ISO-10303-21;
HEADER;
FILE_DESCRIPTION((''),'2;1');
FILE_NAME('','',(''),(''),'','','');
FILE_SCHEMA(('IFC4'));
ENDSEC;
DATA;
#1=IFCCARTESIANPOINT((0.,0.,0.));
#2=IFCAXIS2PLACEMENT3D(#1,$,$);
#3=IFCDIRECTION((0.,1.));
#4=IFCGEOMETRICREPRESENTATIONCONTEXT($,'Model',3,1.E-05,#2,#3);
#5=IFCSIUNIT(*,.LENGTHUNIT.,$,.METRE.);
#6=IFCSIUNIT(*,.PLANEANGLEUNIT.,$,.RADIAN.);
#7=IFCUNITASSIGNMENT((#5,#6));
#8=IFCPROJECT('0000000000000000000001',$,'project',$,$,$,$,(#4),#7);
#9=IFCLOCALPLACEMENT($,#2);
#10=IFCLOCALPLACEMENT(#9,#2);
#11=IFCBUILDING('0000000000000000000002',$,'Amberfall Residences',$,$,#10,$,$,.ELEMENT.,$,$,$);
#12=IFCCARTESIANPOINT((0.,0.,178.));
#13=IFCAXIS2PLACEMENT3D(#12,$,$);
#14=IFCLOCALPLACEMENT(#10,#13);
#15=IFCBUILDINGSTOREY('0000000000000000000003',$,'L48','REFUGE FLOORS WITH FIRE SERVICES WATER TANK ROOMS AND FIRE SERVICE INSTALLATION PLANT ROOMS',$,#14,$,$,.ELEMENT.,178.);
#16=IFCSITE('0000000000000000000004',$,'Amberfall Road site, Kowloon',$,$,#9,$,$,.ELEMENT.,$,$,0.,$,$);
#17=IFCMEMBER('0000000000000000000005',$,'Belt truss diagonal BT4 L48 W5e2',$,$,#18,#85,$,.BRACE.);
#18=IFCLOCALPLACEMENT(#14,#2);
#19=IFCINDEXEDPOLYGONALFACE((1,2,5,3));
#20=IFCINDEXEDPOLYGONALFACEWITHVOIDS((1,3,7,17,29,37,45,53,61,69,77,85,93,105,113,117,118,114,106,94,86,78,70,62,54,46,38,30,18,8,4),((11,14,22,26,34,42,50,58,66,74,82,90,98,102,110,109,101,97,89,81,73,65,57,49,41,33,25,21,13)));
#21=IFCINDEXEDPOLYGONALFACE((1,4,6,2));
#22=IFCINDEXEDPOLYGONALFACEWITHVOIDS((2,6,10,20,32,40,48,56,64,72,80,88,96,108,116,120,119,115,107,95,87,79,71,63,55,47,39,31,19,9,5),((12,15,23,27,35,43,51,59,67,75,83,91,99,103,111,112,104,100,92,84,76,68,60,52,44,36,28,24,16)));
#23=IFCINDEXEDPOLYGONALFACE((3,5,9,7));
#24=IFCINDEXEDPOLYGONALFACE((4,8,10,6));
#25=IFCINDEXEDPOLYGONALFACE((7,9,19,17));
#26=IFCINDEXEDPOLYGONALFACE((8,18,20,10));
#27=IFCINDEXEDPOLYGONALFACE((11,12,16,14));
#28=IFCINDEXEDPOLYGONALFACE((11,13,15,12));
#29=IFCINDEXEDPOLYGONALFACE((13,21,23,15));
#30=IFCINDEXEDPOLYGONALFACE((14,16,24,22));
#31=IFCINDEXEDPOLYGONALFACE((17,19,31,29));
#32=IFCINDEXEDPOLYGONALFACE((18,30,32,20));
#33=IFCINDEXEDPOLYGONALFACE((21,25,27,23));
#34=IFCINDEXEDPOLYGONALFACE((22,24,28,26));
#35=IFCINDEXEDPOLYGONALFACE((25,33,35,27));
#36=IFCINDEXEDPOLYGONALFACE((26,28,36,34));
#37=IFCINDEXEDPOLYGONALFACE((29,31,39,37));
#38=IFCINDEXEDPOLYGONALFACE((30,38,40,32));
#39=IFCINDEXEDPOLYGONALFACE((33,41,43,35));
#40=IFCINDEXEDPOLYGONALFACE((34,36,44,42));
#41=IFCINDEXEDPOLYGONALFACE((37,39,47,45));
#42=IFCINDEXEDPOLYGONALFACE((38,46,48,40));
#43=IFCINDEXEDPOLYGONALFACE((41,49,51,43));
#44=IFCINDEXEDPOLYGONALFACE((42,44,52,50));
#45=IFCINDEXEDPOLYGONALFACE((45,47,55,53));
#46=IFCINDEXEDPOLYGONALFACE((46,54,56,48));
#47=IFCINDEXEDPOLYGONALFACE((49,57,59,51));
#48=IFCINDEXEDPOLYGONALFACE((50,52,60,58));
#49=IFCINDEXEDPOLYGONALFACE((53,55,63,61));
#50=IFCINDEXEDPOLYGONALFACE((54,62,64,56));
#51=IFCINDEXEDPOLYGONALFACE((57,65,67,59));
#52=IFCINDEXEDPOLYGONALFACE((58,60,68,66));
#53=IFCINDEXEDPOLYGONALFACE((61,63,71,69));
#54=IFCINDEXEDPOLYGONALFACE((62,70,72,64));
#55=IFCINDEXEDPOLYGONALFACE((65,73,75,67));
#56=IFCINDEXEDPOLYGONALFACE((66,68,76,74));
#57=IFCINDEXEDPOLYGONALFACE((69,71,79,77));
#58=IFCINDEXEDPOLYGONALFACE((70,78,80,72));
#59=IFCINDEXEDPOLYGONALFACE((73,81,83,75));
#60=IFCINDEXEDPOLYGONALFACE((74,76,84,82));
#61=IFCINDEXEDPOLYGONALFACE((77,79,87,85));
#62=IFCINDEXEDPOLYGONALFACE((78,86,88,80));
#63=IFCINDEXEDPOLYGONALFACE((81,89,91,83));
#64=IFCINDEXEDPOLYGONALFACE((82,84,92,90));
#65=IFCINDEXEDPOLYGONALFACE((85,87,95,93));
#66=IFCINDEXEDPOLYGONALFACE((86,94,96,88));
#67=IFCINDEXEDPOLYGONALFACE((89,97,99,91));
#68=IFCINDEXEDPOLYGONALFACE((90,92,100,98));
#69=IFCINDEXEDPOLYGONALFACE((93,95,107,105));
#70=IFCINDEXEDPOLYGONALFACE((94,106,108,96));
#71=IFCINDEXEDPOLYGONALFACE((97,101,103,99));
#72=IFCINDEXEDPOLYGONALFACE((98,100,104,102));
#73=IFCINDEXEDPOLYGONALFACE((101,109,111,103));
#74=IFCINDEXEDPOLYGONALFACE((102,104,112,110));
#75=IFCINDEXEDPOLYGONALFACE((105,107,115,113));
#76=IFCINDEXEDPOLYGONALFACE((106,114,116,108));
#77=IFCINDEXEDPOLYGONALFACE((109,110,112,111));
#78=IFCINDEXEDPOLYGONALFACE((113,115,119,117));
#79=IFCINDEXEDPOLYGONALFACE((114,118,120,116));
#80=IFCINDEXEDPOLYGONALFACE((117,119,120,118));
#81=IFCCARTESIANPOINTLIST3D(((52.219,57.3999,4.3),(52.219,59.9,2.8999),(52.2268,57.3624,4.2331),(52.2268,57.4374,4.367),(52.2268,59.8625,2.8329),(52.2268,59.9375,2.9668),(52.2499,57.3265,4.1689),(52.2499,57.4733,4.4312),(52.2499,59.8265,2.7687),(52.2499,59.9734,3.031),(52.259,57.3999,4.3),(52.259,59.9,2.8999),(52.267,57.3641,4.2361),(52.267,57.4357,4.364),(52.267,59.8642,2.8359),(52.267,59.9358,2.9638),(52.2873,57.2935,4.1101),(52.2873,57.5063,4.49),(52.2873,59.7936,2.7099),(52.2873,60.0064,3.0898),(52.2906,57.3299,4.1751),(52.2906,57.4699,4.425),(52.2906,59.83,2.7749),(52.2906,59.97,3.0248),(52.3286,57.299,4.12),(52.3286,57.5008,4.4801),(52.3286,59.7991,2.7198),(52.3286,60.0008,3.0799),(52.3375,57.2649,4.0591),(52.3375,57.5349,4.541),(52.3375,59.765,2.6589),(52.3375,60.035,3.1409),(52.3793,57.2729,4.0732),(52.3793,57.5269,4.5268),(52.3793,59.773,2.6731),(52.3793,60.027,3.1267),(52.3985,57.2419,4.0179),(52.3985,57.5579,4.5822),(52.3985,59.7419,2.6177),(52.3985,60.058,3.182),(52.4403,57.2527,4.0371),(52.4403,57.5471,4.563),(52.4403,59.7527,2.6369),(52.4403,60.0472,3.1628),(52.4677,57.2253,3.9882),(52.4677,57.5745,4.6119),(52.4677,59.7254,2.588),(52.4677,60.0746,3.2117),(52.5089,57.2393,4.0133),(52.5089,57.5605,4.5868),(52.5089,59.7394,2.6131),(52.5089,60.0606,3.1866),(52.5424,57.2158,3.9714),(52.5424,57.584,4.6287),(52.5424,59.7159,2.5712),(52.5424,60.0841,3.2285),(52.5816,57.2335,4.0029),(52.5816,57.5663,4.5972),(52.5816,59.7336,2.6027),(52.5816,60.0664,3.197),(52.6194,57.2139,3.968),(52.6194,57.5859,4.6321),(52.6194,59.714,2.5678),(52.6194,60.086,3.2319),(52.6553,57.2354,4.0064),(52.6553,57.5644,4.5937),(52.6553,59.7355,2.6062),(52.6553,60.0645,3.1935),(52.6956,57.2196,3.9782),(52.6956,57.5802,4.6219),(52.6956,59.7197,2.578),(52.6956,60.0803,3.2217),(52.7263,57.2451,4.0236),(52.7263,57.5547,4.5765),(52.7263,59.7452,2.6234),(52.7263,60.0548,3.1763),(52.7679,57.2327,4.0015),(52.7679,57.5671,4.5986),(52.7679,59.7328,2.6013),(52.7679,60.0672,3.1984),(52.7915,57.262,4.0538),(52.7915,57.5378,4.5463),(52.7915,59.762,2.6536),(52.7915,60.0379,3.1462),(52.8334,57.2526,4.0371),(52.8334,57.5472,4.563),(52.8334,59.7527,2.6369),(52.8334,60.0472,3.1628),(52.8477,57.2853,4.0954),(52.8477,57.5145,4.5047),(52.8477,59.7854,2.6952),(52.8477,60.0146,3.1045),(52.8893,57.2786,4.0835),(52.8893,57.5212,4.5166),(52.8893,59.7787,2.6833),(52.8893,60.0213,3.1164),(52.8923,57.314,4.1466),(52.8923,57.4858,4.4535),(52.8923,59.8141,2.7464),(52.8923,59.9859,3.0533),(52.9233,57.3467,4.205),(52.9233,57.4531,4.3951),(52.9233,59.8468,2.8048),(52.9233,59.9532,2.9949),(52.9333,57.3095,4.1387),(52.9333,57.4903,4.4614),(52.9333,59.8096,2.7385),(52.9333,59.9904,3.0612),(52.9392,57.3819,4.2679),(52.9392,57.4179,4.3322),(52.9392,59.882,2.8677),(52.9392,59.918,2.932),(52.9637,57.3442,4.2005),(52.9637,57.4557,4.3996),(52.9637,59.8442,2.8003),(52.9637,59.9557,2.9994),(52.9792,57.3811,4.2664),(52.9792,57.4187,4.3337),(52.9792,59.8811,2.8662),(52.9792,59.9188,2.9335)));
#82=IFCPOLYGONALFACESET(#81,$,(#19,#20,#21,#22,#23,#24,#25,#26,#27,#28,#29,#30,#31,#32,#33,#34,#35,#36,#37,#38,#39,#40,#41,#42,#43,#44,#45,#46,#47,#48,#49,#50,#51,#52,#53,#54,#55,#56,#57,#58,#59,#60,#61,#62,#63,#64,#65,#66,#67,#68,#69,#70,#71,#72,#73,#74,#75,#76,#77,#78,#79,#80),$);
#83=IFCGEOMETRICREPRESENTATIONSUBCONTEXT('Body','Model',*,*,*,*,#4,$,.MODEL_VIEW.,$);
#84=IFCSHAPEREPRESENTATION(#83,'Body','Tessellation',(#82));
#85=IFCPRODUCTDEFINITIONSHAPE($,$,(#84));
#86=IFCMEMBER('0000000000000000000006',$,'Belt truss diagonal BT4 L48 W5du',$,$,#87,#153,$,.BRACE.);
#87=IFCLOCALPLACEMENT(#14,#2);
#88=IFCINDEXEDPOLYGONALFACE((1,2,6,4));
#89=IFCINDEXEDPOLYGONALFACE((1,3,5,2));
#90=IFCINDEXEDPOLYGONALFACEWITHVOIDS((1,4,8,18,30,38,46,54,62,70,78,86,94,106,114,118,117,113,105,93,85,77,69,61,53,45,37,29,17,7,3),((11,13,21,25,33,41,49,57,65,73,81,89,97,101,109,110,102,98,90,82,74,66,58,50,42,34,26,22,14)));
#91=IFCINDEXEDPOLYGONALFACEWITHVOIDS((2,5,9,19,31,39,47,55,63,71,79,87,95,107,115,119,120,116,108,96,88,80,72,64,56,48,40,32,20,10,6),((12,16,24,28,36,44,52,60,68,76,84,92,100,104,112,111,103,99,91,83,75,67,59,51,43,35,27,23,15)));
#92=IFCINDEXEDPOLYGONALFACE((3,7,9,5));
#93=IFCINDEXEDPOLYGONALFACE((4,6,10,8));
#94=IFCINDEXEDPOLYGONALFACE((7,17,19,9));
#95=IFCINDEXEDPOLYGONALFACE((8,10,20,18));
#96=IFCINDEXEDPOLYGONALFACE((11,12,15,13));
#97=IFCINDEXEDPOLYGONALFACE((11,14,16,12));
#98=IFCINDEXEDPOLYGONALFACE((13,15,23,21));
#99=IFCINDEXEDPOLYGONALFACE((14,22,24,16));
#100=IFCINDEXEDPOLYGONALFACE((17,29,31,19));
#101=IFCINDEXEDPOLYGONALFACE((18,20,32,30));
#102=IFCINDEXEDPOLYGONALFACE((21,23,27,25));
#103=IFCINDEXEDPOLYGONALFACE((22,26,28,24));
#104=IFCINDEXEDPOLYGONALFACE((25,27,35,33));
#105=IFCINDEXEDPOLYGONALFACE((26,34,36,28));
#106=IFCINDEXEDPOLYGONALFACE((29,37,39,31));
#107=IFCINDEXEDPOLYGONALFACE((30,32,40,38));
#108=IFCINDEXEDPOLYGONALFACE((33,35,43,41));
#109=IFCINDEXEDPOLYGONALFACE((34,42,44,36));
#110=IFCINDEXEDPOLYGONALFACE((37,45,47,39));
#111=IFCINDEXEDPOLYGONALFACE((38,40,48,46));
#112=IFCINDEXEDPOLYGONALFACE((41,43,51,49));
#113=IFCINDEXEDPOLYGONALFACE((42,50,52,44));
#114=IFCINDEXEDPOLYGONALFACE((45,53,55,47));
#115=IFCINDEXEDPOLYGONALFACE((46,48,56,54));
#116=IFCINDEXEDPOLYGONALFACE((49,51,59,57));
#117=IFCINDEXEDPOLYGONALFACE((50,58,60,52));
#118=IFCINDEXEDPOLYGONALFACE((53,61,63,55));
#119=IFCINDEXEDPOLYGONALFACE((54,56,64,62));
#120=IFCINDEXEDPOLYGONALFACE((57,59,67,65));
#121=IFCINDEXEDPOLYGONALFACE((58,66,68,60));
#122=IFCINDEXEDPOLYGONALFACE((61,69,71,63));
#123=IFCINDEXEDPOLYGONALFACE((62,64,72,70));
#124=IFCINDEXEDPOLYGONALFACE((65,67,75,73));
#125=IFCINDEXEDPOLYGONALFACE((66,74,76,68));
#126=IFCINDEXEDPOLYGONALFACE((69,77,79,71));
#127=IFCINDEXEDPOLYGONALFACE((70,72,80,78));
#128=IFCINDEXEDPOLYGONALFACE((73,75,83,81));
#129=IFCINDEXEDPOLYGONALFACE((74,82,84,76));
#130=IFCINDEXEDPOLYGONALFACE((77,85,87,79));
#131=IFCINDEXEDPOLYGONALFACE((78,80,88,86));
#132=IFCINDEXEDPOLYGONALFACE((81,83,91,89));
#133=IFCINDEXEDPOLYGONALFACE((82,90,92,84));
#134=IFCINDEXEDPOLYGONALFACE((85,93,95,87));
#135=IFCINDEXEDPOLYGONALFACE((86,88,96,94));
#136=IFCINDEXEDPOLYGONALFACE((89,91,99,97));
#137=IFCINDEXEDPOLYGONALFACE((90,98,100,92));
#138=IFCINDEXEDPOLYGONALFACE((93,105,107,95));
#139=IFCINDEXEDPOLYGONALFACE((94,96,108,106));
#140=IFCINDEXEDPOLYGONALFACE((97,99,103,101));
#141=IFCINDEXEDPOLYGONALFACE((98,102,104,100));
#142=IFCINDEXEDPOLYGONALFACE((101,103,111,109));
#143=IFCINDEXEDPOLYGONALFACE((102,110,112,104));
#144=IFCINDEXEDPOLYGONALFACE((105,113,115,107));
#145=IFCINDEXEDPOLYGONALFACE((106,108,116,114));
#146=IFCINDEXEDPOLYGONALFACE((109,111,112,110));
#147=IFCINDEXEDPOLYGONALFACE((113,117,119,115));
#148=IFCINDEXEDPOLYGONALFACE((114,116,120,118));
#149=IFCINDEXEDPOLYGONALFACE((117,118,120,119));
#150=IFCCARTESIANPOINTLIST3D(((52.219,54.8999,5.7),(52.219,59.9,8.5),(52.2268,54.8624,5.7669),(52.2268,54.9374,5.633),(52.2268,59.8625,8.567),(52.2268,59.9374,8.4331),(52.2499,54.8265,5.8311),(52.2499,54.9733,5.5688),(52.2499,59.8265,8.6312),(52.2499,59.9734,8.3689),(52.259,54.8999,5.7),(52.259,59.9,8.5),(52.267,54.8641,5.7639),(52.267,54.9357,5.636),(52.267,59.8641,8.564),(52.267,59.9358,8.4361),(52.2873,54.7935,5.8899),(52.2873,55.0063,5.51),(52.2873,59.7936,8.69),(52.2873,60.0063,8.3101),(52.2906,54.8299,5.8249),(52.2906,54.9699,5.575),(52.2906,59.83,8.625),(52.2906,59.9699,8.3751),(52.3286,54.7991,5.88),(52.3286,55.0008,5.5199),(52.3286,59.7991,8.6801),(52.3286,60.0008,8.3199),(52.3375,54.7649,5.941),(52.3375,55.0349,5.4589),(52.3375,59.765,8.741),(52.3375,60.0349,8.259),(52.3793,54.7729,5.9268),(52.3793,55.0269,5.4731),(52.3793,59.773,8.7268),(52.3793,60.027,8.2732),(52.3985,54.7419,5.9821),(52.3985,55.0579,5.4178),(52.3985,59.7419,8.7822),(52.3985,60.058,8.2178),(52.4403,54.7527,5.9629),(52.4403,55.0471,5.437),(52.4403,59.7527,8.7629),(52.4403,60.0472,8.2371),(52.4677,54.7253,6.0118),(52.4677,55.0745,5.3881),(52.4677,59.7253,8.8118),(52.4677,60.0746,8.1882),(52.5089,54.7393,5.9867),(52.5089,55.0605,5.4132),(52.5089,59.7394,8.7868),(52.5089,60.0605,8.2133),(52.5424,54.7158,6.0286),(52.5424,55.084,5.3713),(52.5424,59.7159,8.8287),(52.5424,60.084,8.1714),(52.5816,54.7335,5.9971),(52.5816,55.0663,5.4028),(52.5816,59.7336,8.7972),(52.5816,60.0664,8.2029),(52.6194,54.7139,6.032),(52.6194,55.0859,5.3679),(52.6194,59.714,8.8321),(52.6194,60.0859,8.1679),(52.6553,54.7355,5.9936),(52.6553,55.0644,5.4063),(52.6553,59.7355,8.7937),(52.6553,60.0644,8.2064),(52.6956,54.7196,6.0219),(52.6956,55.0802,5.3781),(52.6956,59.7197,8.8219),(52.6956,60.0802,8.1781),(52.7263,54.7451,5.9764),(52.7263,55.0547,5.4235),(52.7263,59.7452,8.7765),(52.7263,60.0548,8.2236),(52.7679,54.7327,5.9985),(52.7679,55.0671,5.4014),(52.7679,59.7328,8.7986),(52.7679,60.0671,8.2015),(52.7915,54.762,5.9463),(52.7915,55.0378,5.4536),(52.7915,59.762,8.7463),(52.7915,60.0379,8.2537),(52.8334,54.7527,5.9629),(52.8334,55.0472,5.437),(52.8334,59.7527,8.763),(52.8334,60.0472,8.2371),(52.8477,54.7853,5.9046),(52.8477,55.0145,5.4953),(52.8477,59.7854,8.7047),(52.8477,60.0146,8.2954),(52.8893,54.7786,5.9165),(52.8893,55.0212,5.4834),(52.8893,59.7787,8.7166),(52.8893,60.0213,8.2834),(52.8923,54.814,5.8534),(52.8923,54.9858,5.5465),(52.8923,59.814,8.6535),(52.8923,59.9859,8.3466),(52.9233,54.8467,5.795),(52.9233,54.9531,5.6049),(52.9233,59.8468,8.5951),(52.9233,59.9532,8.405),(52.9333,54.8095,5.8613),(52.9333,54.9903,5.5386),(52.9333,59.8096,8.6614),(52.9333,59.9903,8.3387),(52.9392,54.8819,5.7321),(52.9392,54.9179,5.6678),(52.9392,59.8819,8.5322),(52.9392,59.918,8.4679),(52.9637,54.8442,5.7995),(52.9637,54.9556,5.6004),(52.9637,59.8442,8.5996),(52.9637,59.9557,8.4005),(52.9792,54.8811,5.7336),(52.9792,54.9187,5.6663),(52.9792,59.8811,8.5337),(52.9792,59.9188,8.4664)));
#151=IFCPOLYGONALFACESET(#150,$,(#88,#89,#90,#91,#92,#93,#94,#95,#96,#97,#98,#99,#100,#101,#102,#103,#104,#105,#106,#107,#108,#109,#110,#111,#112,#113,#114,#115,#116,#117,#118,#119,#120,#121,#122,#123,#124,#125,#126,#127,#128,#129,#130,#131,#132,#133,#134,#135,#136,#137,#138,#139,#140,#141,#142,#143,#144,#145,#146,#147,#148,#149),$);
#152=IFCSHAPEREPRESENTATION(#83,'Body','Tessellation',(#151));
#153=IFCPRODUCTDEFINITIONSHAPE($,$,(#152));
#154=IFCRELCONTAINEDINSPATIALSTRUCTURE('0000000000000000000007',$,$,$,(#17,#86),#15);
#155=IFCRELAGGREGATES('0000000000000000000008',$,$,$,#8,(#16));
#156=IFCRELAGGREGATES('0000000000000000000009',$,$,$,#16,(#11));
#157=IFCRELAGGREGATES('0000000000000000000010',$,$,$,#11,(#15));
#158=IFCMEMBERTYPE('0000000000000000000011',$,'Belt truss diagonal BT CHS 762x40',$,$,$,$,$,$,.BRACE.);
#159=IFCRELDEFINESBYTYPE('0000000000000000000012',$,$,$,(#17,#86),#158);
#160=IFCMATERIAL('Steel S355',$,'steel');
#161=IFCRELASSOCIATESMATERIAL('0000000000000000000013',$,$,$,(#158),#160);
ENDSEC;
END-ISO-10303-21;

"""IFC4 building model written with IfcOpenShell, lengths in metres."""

from ifc_helpers import new_model, si_unit, direction, frame, origin, origin_2d, place, context, subcontext, project, spatial, hollow_circle, extrude, material, material_profile, profile_set, type_object, element, save


model = new_model("IFC4")

# Units and contexts
model_context = context("Model", 3, precision=1e-05, world=origin(), true_north=direction((0.0, 1.0)))
body_context = subcontext(model_context, "Body", "Model", "MODEL_VIEW")
ifc_project = project(units=[si_unit("LENGTHUNIT", "METRE"), si_unit("PLANEANGLEUNIT", "RADIAN")], contexts=[model_context])

# Site, building, storey
site_placement = place(None, origin())
site = spatial("IfcSite", under=ifc_project, at=site_placement, Name="Amberfall Road site, Kowloon", CompositionType="ELEMENT", RefElevation=0.0)
building_placement = place(site_placement, origin())
building = spatial("IfcBuilding", under=site, at=building_placement, Name="Amberfall Residences", CompositionType="ELEMENT")
storey_placement = place(building_placement, frame((0.0, 0.0, 178.0)))
storey = spatial("IfcBuildingStorey", under=building, at=storey_placement, Name="L48", Description="REFUGE FLOORS WITH FIRE SERVICES WATER TANK ROOMS AND FIRE SERVICE INSTALLATION PLANT ROOMS", CompositionType="ELEMENT", Elevation=178.0)

# Members
ifc_material_1 = material(Name="Steel S355", Category="steel")
ifc_material_profile_1 = material_profile(ifc_material_1, hollow_circle(Radius=0.3811, WallThickness=0.04, at=origin_2d()), Name="CHS 762x40")
ifc_profile_set_1 = profile_set([ifc_material_profile_1], Name="Steel S355")
member_type_1 = type_object("IfcMemberType", Name="Belt truss diagonal BT CHS 762x40", PredefinedType="BRACE", material=ifc_profile_set_1)
member_1_placement = place(storey_placement, frame((52.6001, 57.3999, 4.3), z_axis=(0.0, 0.872484, -0.488642), x_axis=(-1.0, 0.0, 0.0)))
element("IfcMember", 1, at=member_1_placement, inside=storey, type_object=member_type_1, Name="Belt truss diagonal BT4 L48 W5e2", PredefinedType="BRACE", context=body_context, shape_type="SweptSolid", body=[
    extrude(hollow_circle(Radius=0.3811, WallThickness=0.04, at=origin_2d()), origin(), (0.0, 0.0, 1.0), 2.8655),
])
member_2_placement = place(storey_placement, frame((52.6001, 54.8999, 5.7), z_axis=(0.0, 0.872502, 0.48861), x_axis=(-1.0, 0.0, 0.0)))
element("IfcMember", 2, at=member_2_placement, inside=storey, type_object=member_type_1, Name="Belt truss diagonal BT4 L48 W5du", PredefinedType="BRACE", context=body_context, shape_type="SweptSolid", body=[
    extrude(hollow_circle(Radius=0.3811, WallThickness=0.04, at=origin_2d()), origin(), (0.0, 0.0, 1.0), 5.7307),
])

save(model, "model.ifc")
